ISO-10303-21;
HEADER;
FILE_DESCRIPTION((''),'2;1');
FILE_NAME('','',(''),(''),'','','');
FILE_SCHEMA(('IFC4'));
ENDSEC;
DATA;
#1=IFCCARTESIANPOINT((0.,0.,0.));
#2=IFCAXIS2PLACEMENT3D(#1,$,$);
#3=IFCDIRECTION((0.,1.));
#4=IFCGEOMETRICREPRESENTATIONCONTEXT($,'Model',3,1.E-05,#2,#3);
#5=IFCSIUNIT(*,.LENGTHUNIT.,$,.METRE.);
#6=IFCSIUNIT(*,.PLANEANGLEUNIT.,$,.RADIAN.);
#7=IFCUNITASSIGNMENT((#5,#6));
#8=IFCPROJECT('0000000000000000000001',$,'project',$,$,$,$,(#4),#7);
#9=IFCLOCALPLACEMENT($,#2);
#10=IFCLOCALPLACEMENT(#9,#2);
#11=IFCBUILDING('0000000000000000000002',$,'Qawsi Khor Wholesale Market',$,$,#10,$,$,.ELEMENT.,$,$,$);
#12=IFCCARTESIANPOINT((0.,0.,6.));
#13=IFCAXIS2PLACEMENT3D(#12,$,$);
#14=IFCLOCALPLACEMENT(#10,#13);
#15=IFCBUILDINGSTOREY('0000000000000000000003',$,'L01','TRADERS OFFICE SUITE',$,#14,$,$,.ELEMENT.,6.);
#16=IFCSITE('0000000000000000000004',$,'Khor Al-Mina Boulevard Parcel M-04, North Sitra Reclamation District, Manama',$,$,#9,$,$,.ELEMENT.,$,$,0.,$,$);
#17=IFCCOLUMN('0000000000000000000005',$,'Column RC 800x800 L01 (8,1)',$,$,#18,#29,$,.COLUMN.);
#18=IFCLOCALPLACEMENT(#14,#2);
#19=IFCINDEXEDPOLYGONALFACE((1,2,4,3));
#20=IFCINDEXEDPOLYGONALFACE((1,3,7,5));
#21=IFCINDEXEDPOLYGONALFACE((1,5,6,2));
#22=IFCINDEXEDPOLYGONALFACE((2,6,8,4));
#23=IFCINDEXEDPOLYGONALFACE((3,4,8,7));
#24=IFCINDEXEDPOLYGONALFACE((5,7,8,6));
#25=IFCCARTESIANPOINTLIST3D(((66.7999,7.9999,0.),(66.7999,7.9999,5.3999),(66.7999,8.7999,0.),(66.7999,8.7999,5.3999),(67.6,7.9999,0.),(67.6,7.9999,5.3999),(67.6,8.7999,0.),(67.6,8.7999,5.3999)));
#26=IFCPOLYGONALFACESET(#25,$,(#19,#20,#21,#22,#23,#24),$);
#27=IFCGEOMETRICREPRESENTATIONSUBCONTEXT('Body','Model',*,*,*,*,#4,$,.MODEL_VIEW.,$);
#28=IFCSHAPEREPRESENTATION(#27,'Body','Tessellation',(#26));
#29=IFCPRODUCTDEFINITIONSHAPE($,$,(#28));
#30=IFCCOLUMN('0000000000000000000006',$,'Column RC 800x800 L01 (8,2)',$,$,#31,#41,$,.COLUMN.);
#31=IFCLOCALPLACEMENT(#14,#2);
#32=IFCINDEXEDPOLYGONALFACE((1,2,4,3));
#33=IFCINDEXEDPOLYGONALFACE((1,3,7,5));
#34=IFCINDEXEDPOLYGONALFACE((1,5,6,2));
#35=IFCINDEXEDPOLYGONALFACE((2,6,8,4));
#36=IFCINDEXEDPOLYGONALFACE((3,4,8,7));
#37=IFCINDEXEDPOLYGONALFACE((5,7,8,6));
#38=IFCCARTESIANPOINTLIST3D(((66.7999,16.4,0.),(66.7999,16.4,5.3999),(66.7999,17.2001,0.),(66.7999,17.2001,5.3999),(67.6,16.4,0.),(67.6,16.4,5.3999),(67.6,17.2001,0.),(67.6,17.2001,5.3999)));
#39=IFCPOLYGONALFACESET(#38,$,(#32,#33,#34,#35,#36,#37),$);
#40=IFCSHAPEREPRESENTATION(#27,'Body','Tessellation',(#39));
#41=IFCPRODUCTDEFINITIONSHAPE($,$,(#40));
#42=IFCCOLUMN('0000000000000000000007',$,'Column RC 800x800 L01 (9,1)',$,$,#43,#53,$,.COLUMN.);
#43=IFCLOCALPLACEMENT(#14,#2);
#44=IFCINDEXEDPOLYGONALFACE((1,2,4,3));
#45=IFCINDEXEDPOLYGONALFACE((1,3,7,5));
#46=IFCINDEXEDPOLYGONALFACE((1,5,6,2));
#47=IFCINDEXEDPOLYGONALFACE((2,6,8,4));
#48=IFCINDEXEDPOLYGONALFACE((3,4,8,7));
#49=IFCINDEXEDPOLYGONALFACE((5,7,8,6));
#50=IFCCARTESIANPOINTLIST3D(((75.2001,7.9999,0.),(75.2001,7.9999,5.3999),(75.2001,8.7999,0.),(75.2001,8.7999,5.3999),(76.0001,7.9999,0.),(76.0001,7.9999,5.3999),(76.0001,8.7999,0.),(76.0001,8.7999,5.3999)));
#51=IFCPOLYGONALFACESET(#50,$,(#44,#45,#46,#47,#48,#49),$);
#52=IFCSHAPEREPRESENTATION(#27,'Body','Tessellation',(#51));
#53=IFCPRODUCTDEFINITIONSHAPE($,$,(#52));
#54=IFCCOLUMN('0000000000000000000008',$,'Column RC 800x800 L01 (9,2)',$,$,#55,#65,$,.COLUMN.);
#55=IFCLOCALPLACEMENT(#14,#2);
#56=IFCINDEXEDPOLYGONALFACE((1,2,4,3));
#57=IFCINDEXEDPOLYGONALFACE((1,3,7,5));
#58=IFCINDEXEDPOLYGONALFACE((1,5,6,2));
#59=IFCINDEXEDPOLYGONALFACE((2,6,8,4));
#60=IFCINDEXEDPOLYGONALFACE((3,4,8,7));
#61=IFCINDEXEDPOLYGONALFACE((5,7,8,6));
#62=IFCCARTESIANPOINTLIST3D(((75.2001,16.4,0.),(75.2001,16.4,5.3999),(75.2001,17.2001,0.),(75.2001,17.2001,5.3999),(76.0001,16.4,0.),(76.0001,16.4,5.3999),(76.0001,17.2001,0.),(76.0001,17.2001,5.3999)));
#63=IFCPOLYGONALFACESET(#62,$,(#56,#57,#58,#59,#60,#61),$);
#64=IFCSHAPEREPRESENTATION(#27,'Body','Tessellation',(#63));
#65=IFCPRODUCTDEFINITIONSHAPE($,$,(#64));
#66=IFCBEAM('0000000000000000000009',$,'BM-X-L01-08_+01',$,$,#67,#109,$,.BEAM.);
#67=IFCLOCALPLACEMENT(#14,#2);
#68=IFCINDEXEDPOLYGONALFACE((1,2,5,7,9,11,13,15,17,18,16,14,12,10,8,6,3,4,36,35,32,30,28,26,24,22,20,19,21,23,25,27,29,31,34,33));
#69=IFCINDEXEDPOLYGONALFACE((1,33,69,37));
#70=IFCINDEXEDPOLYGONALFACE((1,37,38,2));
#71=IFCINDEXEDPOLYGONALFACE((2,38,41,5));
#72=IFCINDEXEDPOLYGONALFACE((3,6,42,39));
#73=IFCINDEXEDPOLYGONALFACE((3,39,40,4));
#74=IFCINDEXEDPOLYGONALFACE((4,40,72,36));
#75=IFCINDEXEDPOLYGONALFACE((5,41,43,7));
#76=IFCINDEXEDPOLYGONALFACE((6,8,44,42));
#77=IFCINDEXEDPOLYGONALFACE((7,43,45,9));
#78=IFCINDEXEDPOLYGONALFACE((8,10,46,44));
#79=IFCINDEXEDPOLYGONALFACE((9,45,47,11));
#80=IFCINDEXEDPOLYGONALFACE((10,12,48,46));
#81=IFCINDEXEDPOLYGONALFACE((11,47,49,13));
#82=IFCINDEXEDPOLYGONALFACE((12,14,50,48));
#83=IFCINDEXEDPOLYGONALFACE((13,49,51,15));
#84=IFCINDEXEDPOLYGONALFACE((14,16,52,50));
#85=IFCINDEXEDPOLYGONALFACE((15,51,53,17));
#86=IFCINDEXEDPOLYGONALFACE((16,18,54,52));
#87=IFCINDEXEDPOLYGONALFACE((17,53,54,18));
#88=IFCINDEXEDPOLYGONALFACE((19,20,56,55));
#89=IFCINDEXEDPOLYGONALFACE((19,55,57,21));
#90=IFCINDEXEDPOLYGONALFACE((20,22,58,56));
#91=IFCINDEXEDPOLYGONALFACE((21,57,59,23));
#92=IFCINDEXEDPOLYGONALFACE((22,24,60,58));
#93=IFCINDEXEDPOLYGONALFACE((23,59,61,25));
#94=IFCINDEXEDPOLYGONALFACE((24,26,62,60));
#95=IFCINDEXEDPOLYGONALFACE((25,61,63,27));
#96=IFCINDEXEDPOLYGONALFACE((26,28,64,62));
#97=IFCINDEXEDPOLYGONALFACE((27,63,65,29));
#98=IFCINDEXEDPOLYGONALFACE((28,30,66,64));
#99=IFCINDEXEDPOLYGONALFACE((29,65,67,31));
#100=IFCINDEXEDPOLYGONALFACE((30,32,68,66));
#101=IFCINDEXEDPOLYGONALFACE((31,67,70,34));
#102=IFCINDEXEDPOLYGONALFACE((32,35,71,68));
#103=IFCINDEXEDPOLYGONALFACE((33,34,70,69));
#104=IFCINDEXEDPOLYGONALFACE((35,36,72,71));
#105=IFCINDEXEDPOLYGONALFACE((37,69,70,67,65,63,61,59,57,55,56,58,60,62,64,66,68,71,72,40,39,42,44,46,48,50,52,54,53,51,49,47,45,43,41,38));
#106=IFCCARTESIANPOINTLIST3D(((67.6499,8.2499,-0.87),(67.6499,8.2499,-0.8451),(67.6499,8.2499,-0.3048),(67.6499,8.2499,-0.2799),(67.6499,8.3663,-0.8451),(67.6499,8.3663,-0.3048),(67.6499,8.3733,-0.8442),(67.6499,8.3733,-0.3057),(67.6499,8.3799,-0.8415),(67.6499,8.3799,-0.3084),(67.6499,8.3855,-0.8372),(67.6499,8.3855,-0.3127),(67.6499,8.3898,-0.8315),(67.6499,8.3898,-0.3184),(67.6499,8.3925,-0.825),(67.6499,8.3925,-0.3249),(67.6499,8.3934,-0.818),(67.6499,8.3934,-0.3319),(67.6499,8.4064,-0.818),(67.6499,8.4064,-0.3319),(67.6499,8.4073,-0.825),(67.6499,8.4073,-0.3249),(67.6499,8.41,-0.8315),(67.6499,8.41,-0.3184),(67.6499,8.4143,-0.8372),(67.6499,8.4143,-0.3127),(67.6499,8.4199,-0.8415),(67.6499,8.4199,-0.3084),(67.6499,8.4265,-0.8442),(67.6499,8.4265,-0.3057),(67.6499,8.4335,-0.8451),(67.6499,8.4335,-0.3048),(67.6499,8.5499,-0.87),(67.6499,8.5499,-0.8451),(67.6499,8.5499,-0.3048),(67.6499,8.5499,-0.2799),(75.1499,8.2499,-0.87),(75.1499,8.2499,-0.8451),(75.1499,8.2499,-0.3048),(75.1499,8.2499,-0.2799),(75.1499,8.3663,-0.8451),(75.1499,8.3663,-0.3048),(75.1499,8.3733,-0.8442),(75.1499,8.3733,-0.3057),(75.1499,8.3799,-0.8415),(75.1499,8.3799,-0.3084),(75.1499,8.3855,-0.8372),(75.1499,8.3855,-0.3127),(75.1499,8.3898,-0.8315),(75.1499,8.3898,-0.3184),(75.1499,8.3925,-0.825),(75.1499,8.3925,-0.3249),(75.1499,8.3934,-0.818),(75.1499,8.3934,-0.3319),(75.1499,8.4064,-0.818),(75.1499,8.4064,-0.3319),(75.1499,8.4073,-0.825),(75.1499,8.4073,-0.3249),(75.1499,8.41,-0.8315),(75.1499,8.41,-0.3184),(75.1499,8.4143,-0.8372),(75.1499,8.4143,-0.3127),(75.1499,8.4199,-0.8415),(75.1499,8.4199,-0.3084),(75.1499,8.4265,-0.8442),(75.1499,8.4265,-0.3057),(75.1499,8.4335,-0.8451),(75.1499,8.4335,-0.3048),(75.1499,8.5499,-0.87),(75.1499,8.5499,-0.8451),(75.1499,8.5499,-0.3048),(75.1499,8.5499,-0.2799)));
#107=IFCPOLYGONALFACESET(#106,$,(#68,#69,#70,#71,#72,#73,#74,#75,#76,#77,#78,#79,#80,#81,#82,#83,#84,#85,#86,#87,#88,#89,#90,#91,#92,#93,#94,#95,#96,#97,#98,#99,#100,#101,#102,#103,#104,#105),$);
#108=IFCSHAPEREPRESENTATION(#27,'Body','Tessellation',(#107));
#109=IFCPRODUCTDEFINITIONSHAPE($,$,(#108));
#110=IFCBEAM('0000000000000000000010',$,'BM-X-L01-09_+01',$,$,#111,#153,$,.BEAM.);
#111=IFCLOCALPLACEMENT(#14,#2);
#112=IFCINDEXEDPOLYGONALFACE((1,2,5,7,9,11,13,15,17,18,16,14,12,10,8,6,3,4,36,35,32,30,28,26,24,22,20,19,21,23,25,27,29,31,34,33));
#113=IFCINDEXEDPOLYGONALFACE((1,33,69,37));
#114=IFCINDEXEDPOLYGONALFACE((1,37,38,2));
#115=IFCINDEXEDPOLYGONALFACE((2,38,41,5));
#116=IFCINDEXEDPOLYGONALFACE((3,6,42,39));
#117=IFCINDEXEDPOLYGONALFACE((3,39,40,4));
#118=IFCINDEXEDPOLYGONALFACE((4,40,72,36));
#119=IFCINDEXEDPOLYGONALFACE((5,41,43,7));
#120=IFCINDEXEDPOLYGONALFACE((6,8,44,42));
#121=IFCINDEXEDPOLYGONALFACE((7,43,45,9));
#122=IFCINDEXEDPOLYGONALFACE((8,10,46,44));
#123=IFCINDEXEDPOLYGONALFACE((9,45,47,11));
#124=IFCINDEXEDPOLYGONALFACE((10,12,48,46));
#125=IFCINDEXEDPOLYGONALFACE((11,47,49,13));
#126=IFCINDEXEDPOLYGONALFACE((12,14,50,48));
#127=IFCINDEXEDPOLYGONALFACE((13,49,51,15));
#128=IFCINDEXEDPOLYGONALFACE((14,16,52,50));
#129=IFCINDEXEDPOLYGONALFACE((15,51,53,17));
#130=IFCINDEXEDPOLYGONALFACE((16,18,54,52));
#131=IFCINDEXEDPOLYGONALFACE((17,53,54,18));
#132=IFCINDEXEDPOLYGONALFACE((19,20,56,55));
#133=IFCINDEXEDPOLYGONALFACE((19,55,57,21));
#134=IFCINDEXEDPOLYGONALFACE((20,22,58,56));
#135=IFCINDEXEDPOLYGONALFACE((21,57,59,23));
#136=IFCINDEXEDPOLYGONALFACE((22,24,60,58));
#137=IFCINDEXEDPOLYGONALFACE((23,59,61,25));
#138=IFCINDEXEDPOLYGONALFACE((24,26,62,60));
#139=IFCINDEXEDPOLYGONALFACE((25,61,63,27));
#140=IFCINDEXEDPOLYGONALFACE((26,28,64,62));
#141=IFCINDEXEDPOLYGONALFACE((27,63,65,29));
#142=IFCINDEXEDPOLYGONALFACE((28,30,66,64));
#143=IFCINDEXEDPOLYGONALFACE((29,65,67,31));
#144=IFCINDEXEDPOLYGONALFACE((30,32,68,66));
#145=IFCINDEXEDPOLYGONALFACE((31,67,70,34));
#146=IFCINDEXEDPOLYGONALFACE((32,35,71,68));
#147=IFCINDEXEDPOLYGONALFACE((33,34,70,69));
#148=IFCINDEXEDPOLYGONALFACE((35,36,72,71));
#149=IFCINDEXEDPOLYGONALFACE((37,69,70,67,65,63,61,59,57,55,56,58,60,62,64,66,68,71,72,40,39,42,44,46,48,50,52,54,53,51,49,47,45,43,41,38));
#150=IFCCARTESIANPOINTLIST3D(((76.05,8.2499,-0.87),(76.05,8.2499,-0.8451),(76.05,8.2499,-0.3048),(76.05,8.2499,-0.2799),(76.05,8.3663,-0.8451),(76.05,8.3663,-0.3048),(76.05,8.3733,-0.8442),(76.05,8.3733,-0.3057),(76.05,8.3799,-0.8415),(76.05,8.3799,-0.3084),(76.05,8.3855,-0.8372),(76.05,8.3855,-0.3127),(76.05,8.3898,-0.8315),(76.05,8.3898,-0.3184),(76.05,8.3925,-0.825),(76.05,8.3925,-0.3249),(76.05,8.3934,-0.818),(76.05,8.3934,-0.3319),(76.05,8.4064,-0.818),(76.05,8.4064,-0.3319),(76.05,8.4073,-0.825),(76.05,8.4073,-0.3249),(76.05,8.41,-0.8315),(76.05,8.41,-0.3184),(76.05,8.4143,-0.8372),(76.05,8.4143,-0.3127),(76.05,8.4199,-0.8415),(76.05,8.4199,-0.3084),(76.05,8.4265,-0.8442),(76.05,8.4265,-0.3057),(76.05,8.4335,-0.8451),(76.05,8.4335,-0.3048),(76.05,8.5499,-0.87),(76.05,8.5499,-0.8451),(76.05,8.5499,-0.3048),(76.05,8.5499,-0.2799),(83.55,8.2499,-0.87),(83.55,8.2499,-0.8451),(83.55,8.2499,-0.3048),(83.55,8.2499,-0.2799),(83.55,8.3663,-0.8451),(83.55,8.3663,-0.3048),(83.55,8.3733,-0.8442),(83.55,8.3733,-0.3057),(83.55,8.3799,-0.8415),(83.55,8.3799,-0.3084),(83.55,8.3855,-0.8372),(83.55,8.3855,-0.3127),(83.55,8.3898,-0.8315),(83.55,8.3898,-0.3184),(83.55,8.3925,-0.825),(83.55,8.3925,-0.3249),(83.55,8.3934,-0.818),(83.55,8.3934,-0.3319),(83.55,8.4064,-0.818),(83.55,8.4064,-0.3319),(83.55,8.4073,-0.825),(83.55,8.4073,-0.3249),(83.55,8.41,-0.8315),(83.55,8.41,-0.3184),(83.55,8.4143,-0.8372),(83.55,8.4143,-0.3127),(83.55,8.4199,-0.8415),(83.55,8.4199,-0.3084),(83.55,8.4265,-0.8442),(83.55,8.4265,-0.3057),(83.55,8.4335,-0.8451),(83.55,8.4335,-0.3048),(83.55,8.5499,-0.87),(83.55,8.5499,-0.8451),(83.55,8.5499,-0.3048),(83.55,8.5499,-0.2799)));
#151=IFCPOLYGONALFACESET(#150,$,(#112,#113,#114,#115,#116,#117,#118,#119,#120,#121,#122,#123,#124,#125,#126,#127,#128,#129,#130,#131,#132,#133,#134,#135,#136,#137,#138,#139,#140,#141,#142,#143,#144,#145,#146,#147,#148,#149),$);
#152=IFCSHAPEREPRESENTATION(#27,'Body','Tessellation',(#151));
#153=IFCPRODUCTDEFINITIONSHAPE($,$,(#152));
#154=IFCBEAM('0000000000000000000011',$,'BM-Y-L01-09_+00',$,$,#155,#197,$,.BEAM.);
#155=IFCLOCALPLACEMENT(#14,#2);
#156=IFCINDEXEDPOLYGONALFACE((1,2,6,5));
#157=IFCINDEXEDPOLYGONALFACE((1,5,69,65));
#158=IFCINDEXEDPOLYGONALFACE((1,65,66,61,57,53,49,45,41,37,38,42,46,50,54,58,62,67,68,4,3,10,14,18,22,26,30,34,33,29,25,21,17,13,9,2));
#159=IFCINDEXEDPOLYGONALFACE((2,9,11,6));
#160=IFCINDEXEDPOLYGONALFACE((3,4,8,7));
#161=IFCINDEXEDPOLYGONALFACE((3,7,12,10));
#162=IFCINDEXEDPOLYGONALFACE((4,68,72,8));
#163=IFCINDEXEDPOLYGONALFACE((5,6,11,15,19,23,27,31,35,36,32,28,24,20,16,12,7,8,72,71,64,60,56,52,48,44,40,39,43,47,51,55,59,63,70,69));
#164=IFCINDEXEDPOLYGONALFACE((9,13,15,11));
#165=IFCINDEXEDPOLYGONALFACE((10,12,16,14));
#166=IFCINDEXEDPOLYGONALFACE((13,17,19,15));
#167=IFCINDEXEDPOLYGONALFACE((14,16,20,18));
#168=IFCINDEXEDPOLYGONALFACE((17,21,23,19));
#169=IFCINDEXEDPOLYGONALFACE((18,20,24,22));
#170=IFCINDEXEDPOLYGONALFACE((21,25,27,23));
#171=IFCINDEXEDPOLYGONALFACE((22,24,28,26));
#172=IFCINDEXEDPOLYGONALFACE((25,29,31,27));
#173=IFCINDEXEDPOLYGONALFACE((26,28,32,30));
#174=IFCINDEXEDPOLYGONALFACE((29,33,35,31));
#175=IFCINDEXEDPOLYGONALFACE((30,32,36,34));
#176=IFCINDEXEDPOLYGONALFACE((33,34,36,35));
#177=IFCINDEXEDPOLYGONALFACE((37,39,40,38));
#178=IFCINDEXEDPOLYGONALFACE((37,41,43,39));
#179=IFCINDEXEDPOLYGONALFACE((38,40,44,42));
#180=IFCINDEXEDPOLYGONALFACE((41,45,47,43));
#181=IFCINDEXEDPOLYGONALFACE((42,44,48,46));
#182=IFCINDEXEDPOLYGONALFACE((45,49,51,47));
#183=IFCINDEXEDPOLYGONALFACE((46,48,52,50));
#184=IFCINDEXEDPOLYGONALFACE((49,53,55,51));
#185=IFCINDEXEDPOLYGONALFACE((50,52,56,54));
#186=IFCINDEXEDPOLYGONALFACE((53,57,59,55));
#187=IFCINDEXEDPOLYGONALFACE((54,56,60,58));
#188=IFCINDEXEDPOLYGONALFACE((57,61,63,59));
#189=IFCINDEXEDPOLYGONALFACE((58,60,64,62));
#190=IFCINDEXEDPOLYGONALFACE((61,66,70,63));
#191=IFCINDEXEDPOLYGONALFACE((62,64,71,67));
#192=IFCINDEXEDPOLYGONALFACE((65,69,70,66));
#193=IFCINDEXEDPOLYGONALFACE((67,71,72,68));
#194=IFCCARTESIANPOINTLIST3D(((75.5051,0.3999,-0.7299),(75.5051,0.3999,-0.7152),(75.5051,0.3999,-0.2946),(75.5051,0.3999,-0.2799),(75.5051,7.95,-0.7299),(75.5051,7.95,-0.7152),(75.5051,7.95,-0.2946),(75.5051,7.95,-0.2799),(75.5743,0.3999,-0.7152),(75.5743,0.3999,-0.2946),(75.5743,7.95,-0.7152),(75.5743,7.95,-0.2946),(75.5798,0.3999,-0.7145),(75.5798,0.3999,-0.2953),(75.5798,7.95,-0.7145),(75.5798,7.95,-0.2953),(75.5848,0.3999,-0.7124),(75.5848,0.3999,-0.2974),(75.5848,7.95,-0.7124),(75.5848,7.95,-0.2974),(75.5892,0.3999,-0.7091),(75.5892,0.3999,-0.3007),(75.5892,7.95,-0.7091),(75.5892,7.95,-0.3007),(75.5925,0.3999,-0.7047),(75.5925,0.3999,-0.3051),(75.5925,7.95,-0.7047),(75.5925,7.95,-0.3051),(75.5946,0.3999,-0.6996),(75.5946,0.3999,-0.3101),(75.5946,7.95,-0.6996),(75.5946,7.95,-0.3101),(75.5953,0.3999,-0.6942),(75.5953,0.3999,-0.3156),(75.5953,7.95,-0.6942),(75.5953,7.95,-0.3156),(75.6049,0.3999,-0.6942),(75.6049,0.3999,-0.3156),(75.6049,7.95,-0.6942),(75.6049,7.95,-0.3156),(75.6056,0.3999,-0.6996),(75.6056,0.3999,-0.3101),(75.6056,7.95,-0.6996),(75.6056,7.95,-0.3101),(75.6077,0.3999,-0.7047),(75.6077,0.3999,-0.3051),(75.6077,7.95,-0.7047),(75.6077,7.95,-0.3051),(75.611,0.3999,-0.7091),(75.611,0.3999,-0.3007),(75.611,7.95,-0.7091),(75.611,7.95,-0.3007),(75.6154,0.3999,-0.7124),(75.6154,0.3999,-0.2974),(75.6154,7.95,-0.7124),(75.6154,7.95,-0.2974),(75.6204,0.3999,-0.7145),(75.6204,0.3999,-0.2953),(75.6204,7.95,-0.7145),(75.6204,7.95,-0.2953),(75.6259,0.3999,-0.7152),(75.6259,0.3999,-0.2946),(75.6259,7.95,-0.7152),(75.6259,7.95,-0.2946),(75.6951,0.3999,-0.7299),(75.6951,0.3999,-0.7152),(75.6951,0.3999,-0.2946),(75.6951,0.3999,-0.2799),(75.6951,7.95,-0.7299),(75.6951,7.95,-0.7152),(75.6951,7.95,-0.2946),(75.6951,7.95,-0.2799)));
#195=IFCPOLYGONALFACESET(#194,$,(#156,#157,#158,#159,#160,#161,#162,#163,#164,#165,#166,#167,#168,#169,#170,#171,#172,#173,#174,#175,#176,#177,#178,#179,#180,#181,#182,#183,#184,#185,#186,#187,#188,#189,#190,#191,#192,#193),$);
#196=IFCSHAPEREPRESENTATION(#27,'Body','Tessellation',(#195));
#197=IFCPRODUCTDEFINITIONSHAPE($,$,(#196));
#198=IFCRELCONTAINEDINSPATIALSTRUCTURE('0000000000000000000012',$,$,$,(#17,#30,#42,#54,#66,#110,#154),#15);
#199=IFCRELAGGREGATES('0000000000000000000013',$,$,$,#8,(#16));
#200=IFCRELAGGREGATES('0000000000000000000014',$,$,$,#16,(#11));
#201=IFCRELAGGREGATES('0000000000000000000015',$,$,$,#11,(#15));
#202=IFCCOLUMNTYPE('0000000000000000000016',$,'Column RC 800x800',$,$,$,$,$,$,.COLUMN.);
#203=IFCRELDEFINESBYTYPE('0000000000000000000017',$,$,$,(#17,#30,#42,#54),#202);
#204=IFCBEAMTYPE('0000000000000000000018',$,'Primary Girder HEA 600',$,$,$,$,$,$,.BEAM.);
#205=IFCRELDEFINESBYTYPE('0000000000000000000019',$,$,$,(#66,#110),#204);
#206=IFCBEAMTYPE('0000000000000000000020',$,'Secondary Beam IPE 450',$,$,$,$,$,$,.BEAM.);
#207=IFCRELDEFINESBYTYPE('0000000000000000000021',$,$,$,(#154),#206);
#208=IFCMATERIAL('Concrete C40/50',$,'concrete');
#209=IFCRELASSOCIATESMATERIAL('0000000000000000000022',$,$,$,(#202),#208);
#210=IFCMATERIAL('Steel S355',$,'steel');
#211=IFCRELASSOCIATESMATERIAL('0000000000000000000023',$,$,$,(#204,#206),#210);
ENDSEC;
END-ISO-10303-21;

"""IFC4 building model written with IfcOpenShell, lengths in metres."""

from ifc_helpers import new_model, si_unit, direction, frame, origin, origin_2d, place, context, subcontext, project, spatial, rectangle, i_section, extrude, material, material_profile, profile_set, type_object, element, save


model = new_model("IFC4")

# Units and contexts
model_context = context("Model", 3, precision=1e-05, world=origin(), true_north=direction((0.0, 1.0)))
body_context = subcontext(model_context, "Body", "Model", "MODEL_VIEW")
ifc_project = project(units=[si_unit("LENGTHUNIT", "METRE"), si_unit("PLANEANGLEUNIT", "RADIAN")], contexts=[model_context])

# Site, building, storey
site_placement = place(None, origin())
site = spatial("IfcSite", under=ifc_project, at=site_placement, Name="Khor Al-Mina Boulevard Parcel M-04, North Sitra Reclamation District, Manama", CompositionType="ELEMENT", RefElevation=0.0)
building_placement = place(site_placement, origin())
building = spatial("IfcBuilding", under=site, at=building_placement, Name="Qawsi Khor Wholesale Market", CompositionType="ELEMENT")
storey_placement = place(building_placement, frame((0.0, 0.0, 6.0)))
storey = spatial("IfcBuildingStorey", under=building, at=storey_placement, Name="L01", Description="TRADERS OFFICE SUITE", CompositionType="ELEMENT", Elevation=6.0)

# Columns
ifc_material_1 = material(Name="Concrete C40/50", Category="concrete")
ifc_material_profile_1 = material_profile(ifc_material_1, rectangle(XDim=0.8, YDim=0.8, at=origin_2d()), Name="RC 800x800")
ifc_profile_set_1 = profile_set([ifc_material_profile_1], Name="Concrete C40/50")
column_type = type_object("IfcColumnType", Name="Column RC 800x800", PredefinedType="COLUMN", material=ifc_profile_set_1)
for number, where, z_axis, x_axis, name in (
    (1, (67.2, 8.3999, 0.0), (0.0, 0.0, 1.0), (1.0, 0.0, 0.0), "Column RC 800x800 L01 (8,1)"),
    (2, (67.2, 16.8, 0.0), (0.0, 0.0, 1.0), (1.0, 0.0, 0.0), "Column RC 800x800 L01 (8,2)"),
    (3, (75.6001, 8.3999, 0.0), (0.0, 0.0, 1.0), (1.0, 0.0, 0.0), "Column RC 800x800 L01 (9,1)"),
    (4, (75.6001, 16.8, 0.0), (0.0, 0.0, 1.0), (1.0, 0.0, 0.0), "Column RC 800x800 L01 (9,2)"),
):
    element("IfcColumn", number, at=place(storey_placement, frame(where, z_axis=z_axis, x_axis=x_axis)), inside=storey, type_object=column_type, Name=name, PredefinedType="COLUMN", context=body_context, shape_type="SweptSolid", body=[
        extrude(rectangle(XDim=0.8, YDim=0.8, at=origin_2d()), origin(), (0.0, 0.0, 1.0), 5.3999),
    ])

# Beams
ifc_material_2 = material(Name="Steel S355", Category="steel")
ifc_material_profile_2 = material_profile(ifc_material_2, i_section(OverallWidth=0.3, OverallDepth=0.5901, WebThickness=0.0129, FlangeThickness=0.0249, FilletRadius=0.0271, at=origin_2d()), Name="HEA 600")
ifc_profile_set_2 = profile_set([ifc_material_profile_2], Name="Steel S355")
beam_type_1 = type_object("IfcBeamType", Name="Primary Girder HEA 600", PredefinedType="BEAM", material=ifc_profile_set_2)
for number, where, z_axis, x_axis, name in (
    (5, (67.6499, 8.3999, -0.575), (1.0, 0.0, 0.0), (0.0, 1.0, 0.0), "BM-X-L01-08_+01"),
    (6, (76.05, 8.3999, -0.575), (1.0, 0.0, 0.0), (0.0, 1.0, 0.0), "BM-X-L01-09_+01"),
):
    element("IfcBeam", number, at=place(storey_placement, frame(where, z_axis=z_axis, x_axis=x_axis)), inside=storey, type_object=beam_type_1, Name=name, PredefinedType="BEAM", context=body_context, shape_type="SweptSolid", body=[
        extrude(i_section(OverallWidth=0.3, OverallDepth=0.5901, WebThickness=0.0129, FlangeThickness=0.0249, FilletRadius=0.0271, at=origin_2d()), origin(), (0.0, 0.0, 1.0), 7.5),
    ])
ifc_material_profile_3 = material_profile(ifc_material_2, i_section(OverallWidth=0.1899, OverallDepth=0.45, WebThickness=0.0095, FlangeThickness=0.0146, FilletRadius=0.021, at=origin_2d()), Name="IPE 450")
ifc_profile_set_3 = profile_set([ifc_material_profile_3], Name="Steel S355")
beam_type_2 = type_object("IfcBeamType", Name="Secondary Beam IPE 450", PredefinedType="BEAM", material=ifc_profile_set_3)
beam_1_placement = place(storey_placement, frame((75.6001, 0.3999, -0.5049), z_axis=(0.0, 1.0, 0.0), x_axis=(-1.0, 0.0, 0.0)))
element("IfcBeam", 7, at=beam_1_placement, inside=storey, type_object=beam_type_2, Name="BM-Y-L01-09_+00", PredefinedType="BEAM", context=body_context, shape_type="SweptSolid", body=[
    extrude(i_section(OverallWidth=0.1899, OverallDepth=0.45, WebThickness=0.0095, FlangeThickness=0.0146, FilletRadius=0.021, at=origin_2d()), origin(), (0.0, 0.0, 1.0), 7.55),
])

save(model, "model.ifc")
